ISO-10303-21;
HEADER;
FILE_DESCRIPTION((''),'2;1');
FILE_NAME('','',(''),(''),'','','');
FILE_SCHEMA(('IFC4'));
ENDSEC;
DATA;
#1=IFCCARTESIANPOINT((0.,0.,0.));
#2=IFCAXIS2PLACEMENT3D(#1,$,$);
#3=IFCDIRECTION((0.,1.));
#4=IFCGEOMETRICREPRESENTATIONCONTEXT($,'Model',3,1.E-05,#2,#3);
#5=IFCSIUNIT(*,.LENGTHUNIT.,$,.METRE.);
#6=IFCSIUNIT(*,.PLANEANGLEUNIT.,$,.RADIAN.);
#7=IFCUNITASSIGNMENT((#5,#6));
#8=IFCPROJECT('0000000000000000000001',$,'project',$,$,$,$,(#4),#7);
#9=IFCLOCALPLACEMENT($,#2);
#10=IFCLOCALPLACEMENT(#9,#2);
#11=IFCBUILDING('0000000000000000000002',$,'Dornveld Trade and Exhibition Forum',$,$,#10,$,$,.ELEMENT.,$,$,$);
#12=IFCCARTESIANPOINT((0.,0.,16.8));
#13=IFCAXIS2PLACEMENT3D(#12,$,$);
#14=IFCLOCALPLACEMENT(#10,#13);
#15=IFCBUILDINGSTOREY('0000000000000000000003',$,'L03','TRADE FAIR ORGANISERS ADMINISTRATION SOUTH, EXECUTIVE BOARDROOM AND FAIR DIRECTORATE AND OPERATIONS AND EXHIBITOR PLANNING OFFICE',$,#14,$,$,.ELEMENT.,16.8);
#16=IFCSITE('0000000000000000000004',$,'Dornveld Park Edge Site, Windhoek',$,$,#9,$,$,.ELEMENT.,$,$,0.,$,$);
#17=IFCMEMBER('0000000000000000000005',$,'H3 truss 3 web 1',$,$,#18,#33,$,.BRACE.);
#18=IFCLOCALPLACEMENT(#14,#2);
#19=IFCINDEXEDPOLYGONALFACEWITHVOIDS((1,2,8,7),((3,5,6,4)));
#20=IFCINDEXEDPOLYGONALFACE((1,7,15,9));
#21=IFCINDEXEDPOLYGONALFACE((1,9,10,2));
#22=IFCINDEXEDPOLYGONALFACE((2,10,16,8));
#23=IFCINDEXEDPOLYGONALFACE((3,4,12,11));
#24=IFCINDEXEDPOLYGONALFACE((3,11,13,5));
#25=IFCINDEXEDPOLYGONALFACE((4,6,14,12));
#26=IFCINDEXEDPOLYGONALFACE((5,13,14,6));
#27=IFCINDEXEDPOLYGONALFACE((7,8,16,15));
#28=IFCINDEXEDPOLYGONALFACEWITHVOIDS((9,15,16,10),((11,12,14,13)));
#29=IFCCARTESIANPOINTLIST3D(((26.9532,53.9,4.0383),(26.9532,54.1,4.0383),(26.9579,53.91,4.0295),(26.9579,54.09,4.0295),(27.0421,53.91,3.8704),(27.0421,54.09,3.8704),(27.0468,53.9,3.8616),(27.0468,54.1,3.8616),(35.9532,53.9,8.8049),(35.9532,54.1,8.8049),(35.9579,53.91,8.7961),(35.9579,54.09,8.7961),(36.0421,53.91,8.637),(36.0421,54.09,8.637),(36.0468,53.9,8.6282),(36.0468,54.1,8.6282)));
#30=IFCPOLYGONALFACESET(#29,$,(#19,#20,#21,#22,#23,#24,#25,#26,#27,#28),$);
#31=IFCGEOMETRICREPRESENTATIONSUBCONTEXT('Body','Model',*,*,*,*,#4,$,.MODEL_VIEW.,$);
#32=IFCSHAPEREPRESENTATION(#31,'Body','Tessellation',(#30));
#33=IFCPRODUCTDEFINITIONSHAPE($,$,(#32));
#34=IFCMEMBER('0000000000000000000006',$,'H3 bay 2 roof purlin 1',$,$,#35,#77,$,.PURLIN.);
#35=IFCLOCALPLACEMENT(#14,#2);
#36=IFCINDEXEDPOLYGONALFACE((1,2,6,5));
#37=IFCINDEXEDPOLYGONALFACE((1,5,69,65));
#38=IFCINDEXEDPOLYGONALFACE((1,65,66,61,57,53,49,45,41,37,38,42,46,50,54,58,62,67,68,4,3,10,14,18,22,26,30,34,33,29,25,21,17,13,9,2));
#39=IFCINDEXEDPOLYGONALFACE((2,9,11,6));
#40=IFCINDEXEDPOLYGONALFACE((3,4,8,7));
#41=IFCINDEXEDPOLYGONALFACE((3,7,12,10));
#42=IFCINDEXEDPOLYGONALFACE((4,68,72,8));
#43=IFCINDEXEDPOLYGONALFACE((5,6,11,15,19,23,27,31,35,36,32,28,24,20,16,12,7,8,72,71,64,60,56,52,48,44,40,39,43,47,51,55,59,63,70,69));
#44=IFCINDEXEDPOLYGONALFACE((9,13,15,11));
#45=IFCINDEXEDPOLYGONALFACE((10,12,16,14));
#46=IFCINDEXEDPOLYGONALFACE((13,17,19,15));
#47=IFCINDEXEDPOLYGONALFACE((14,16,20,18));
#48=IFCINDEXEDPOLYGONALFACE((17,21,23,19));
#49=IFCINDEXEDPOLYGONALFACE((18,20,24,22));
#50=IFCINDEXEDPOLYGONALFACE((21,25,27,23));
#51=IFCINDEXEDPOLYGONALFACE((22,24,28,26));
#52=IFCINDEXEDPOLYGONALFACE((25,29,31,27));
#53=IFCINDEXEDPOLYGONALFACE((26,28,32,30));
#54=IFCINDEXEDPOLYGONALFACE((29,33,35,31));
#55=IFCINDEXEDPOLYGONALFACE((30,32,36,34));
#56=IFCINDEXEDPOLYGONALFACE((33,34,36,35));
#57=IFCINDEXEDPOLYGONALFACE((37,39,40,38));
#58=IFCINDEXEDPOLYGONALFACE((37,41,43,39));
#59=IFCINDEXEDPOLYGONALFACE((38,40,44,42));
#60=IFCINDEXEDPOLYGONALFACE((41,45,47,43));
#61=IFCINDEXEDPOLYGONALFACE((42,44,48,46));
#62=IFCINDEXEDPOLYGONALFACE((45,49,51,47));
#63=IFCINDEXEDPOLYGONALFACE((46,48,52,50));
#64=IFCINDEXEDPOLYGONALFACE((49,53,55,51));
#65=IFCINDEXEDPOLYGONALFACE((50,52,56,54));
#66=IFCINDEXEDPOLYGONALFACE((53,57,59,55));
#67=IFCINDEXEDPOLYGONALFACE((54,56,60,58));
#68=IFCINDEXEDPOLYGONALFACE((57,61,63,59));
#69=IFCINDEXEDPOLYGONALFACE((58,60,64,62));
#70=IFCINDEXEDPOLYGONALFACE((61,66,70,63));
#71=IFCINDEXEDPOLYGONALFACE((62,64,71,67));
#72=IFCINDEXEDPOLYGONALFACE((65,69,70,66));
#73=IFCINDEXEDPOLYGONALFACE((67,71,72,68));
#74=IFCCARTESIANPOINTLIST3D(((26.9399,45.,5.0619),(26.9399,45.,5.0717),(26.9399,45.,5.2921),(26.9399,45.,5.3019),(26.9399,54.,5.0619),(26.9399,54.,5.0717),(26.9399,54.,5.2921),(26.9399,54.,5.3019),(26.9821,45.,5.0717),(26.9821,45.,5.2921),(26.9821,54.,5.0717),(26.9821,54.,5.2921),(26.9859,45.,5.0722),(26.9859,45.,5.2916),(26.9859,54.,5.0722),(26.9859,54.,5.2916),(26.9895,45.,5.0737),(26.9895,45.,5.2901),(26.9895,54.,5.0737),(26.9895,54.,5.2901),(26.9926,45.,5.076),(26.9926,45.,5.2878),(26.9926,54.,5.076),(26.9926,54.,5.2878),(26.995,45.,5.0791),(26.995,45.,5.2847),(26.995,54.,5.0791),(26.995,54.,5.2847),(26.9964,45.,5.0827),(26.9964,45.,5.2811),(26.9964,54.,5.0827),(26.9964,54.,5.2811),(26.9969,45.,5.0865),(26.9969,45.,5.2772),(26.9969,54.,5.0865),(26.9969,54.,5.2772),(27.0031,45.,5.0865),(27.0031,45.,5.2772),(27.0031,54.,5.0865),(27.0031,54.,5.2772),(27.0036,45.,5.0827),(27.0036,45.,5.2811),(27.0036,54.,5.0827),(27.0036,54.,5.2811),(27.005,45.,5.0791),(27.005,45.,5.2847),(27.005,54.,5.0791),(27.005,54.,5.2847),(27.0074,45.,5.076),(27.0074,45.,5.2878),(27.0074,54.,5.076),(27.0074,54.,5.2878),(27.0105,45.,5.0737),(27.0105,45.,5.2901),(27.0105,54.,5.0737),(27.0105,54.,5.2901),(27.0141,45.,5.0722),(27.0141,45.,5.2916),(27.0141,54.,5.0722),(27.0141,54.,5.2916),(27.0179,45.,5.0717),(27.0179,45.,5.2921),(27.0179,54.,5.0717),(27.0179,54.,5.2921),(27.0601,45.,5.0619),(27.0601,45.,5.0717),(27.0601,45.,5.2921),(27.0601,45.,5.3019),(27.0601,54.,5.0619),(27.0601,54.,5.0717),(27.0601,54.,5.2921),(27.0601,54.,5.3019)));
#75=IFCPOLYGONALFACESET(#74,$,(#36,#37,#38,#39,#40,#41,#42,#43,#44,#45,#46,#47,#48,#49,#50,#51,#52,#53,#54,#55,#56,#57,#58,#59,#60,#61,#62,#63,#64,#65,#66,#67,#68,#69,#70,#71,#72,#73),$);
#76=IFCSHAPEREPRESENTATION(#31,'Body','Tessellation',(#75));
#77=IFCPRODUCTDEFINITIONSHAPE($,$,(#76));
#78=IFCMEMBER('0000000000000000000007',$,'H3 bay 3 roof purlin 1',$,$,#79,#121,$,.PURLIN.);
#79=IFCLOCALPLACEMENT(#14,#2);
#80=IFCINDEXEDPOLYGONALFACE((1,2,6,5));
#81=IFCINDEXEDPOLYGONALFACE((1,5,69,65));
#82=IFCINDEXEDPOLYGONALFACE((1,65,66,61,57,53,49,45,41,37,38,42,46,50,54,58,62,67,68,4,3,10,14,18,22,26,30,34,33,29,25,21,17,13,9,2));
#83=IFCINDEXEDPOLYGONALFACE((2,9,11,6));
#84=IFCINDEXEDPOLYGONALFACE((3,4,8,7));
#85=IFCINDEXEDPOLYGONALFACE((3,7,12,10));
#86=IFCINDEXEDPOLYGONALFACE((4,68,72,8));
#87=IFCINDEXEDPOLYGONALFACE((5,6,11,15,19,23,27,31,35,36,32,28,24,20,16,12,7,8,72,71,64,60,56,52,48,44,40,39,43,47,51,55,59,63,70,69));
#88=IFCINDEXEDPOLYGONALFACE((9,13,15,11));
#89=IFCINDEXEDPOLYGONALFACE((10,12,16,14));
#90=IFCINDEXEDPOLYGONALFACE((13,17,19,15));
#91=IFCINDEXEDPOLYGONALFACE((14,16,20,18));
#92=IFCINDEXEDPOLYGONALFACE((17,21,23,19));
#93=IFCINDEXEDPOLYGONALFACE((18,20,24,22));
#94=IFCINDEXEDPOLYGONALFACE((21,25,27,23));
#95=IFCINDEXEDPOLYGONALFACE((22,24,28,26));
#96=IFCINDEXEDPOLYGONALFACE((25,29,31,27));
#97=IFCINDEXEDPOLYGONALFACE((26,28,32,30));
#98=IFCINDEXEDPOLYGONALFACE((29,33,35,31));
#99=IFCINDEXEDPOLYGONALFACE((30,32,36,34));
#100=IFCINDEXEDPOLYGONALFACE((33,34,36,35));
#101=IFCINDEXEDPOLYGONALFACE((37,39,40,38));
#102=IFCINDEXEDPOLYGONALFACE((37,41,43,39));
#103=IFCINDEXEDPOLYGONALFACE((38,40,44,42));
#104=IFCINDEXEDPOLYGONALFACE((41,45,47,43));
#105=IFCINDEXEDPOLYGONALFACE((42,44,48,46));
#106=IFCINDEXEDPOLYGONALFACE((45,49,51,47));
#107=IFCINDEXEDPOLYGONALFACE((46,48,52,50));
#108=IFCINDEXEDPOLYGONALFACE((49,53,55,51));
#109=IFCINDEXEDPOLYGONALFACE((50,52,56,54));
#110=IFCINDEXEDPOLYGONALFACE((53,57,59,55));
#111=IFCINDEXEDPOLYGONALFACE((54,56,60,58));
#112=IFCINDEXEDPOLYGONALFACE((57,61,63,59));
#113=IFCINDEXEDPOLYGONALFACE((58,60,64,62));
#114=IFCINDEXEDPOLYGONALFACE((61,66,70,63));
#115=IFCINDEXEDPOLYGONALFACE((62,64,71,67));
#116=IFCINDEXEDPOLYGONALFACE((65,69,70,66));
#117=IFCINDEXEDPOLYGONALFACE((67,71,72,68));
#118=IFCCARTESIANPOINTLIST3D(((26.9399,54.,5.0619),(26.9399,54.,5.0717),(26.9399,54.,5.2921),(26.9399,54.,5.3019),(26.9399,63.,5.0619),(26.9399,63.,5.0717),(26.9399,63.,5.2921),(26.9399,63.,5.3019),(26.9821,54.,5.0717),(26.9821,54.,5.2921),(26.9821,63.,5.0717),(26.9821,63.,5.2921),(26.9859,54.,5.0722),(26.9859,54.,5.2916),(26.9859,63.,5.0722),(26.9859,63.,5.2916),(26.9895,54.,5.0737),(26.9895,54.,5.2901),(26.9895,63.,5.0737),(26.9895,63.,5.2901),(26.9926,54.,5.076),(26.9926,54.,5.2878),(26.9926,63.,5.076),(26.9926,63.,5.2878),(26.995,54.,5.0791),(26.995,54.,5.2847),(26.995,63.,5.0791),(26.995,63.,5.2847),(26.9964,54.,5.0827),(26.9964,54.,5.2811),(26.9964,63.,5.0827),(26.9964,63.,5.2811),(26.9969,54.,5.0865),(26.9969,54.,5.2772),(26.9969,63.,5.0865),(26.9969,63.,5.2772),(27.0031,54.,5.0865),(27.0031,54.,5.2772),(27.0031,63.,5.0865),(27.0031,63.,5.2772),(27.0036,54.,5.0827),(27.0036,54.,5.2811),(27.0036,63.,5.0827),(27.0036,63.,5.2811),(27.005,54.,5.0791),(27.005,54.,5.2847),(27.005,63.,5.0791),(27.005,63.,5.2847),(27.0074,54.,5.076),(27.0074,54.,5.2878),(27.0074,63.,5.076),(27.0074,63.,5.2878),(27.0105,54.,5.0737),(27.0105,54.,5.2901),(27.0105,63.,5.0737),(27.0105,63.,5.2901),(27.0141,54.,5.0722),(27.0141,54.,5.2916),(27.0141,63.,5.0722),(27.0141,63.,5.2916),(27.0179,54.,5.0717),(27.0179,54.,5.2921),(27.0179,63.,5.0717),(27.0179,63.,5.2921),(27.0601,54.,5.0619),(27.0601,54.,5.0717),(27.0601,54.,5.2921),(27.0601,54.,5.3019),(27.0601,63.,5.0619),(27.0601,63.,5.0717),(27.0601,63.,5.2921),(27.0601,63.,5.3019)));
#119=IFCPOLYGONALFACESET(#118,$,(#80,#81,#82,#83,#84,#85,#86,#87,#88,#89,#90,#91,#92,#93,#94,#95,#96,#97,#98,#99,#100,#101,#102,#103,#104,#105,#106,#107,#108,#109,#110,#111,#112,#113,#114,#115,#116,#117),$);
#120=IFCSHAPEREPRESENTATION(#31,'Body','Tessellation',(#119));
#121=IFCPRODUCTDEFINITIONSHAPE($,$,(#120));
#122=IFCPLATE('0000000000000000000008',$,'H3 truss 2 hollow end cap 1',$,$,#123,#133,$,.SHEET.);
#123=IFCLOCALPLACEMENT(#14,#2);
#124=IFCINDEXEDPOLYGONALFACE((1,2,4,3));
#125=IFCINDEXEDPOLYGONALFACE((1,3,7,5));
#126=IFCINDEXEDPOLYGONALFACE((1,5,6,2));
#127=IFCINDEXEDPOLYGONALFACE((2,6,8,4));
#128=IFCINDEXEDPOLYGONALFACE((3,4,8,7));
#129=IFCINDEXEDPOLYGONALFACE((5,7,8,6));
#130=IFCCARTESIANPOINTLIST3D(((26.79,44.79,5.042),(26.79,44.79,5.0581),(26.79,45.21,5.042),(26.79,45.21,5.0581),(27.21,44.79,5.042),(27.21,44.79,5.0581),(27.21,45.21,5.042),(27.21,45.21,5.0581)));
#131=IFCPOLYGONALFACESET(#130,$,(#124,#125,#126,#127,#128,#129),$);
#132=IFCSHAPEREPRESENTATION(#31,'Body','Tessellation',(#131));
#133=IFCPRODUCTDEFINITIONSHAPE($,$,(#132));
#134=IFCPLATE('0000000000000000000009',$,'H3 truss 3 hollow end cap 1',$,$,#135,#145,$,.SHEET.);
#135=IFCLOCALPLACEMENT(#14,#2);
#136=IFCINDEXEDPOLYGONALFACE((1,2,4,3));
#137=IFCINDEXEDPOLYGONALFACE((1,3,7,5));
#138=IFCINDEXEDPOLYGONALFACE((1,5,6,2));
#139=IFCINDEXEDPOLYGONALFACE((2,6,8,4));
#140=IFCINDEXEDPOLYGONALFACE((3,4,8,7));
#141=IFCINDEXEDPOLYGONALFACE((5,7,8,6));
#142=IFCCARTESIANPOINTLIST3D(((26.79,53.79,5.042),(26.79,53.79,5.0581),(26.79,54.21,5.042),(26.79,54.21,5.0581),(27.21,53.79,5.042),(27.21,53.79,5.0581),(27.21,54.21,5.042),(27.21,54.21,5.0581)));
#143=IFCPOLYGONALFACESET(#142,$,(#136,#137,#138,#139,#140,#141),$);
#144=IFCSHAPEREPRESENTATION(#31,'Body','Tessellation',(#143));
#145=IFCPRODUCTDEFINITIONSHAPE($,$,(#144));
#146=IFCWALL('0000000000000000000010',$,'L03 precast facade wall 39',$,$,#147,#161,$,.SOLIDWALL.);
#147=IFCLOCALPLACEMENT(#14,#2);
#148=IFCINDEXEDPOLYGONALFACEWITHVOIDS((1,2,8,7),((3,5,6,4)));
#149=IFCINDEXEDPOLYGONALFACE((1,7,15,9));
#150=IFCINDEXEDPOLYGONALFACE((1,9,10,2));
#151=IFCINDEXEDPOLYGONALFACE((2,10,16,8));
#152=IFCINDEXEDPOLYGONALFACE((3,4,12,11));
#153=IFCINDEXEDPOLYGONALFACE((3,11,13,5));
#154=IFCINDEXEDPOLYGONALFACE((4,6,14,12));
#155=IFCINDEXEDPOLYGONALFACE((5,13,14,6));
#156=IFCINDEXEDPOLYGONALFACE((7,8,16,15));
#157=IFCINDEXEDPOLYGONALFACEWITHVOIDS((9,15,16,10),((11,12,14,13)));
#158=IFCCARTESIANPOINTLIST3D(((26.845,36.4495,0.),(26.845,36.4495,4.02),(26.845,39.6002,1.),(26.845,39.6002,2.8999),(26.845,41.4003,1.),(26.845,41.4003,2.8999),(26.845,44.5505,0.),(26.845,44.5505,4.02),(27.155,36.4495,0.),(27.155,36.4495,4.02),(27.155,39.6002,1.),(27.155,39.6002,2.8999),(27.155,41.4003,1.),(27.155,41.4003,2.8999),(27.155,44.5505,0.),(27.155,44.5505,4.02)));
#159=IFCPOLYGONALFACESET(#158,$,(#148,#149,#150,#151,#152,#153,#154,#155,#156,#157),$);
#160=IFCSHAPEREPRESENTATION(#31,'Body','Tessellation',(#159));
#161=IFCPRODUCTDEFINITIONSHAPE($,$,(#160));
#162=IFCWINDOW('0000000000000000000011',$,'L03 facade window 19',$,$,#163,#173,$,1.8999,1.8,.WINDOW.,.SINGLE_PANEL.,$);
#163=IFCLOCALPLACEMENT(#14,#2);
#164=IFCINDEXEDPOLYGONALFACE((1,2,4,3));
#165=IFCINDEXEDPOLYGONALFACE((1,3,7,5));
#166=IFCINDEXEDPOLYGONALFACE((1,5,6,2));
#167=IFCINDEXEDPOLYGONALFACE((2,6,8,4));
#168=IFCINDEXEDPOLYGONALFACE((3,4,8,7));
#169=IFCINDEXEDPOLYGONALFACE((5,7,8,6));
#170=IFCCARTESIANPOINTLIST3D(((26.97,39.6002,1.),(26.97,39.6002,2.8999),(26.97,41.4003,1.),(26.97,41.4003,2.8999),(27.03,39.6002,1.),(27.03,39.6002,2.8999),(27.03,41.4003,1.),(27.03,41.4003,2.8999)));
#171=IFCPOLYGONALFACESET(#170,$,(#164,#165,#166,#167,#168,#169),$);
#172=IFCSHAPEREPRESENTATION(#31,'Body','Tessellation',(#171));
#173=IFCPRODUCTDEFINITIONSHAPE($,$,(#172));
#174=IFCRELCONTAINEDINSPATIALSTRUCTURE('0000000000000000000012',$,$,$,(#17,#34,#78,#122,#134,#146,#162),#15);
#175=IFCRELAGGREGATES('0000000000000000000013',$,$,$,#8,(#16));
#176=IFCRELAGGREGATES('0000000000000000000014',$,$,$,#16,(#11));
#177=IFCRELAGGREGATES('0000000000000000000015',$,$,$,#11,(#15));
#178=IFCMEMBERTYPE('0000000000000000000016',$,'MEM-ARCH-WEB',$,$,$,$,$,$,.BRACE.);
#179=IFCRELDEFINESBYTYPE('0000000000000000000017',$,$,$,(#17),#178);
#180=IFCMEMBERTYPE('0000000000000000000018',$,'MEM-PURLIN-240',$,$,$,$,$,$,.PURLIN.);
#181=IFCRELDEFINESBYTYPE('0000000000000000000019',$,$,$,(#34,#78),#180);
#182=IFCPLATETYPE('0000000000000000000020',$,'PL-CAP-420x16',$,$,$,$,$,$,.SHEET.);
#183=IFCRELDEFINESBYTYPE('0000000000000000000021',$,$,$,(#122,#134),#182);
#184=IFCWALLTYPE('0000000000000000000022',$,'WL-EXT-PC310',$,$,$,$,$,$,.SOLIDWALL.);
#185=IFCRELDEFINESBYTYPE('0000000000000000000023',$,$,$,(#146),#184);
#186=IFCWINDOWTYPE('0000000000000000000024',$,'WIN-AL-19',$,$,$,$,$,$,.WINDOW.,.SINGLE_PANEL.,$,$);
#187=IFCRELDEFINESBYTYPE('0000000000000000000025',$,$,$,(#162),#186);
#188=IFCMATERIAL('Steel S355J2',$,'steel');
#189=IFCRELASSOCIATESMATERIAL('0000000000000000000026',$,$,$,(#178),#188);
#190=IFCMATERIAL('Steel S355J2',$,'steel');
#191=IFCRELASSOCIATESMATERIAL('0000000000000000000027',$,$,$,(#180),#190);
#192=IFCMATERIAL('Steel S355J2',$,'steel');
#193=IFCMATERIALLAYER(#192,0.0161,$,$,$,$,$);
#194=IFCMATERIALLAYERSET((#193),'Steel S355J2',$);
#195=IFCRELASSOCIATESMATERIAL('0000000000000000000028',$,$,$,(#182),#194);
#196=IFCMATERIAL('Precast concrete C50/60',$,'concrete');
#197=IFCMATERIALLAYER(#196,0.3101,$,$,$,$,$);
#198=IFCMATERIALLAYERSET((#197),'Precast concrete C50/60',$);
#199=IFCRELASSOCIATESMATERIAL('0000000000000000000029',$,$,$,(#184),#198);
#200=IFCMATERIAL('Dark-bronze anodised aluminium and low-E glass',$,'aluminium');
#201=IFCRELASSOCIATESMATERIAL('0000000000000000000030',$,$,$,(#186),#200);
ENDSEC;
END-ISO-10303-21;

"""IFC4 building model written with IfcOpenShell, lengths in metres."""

from ifc_helpers import new_model, si_unit, direction, frame, frame_2d, origin, origin_2d, place, context, subcontext, project, spatial, rectangle, hollow_rectangle, i_section, extrude, material, layer, layer_set, material_profile, profile_set, type_object, element, fill, save


model = new_model("IFC4")

# Units and contexts
model_context = context("Model", 3, precision=1e-05, world=origin(), true_north=direction((0.0, 1.0)))
body_context = subcontext(model_context, "Body", "Model", "MODEL_VIEW")
ifc_project = project(units=[si_unit("LENGTHUNIT", "METRE"), si_unit("PLANEANGLEUNIT", "RADIAN")], contexts=[model_context])

# Site, building, storey
site_placement = place(None, origin())
site = spatial("IfcSite", under=ifc_project, at=site_placement, Name="Dornveld Park Edge Site, Windhoek", CompositionType="ELEMENT", RefElevation=0.0)
building_placement = place(site_placement, origin())
building = spatial("IfcBuilding", under=site, at=building_placement, Name="Dornveld Trade and Exhibition Forum", CompositionType="ELEMENT")
storey_placement = place(building_placement, frame((0.0, 0.0, 16.8)))
storey = spatial("IfcBuildingStorey", under=building, at=storey_placement, Name="L03", Description="TRADE FAIR ORGANISERS ADMINISTRATION SOUTH, EXECUTIVE BOARDROOM AND FAIR DIRECTORATE AND OPERATIONS AND EXHIBITOR PLANNING OFFICE", CompositionType="ELEMENT", Elevation=16.8)

# Members
ifc_material_1 = material(Name="Steel S355J2", Category="steel")
ifc_material_profile_1 = material_profile(ifc_material_1, hollow_rectangle(XDim=0.2, YDim=0.2, WallThickness=0.01, at=origin_2d()), Name="SHS 200x200x10")
ifc_profile_set_1 = profile_set([ifc_material_profile_1], Name="Steel S355J2")
member_type_1 = type_object("IfcMemberType", Name="MEM-ARCH-WEB", PredefinedType="BRACE", material=ifc_profile_set_1)
for number, where, z_axis, x_axis, name in (
    (1, (27.0, 54.0, 3.95), (0.883711, 0.0, 0.468033), (0.0, 1.0, 0.0), "H3 truss 3 web 1"),
):
    element("IfcMember", number, at=place(storey_placement, frame(where, z_axis=z_axis, x_axis=x_axis)), inside=storey, type_object=member_type_1, Name=name, PredefinedType="BRACE", context=body_context, shape_type="SweptSolid", body=[
        extrude(hollow_rectangle(XDim=0.2, YDim=0.2, WallThickness=0.01, at=origin_2d()), origin(), (0.0, 0.0, 1.0), 10.1843),
    ])
ifc_material_2 = material(Name="Steel S355J2", Category="steel")
ifc_material_profile_2 = material_profile(ifc_material_2, i_section(OverallWidth=0.1201, OverallDepth=0.24, WebThickness=0.0061, FlangeThickness=0.0098, FilletRadius=0.0149, at=origin_2d()), Name="IPE 240")
ifc_profile_set_2 = profile_set([ifc_material_profile_2], Name="Steel S355J2")
member_type_2 = type_object("IfcMemberType", Name="MEM-PURLIN-240", PredefinedType="PURLIN", material=ifc_profile_set_2)
for number, where, z_axis, x_axis, name in (
    (2, (27.0, 45.0, 5.1819), (0.0, 1.0, 0.0), (-1.0, 0.0, 0.0), "H3 bay 2 roof purlin 1"),
    (3, (27.0, 54.0, 5.1819), (0.0, 1.0, 0.0), (-1.0, 0.0, 0.0), "H3 bay 3 roof purlin 1"),
):
    element("IfcMember", number, at=place(storey_placement, frame(where, z_axis=z_axis, x_axis=x_axis)), inside=storey, type_object=member_type_2, Name=name, PredefinedType="PURLIN", context=body_context, shape_type="SweptSolid", body=[
        extrude(i_section(OverallWidth=0.1201, OverallDepth=0.24, WebThickness=0.0061, FlangeThickness=0.0098, FilletRadius=0.0149, at=origin_2d()), origin(), (0.0, 0.0, 1.0), 9.0),
    ])

# Plates
ifc_material_3 = material(Name="Steel S355J2", Category="steel")
ifc_layer_1 = layer(ifc_material_3, 0.0161)
ifc_layer_set_1 = layer_set([ifc_layer_1], Name="Steel S355J2")
plate_type = type_object("IfcPlateType", Name="PL-CAP-420x16", PredefinedType="SHEET", material=ifc_layer_set_1)
for number, where, z_axis, x_axis, name in (
    (4, (27.0, 45.0, 5.042), (0.0, 0.0, 1.0), (1.0, 0.0, 0.0), "H3 truss 2 hollow end cap 1"),
    (5, (27.0, 54.0, 5.042), (0.0, 0.0, 1.0), (1.0, 0.0, 0.0), "H3 truss 3 hollow end cap 1"),
):
    element("IfcPlate", number, at=place(storey_placement, frame(where, z_axis=z_axis, x_axis=x_axis)), inside=storey, type_object=plate_type, Name=name, PredefinedType="SHEET", context=body_context, shape_type="SweptSolid", body=[
        extrude(rectangle(XDim=0.4199, YDim=0.4199, at=origin_2d()), origin(), (0.0, 0.0, 1.0), 0.0161),
    ])

# Wall, opening, window
ifc_material_4 = material(Name="Precast concrete C50/60", Category="concrete")
ifc_layer_2 = layer(ifc_material_4, 0.3101)
ifc_layer_set_2 = layer_set([ifc_layer_2], Name="Precast concrete C50/60")
wall_type = type_object("IfcWallType", Name="WL-EXT-PC310", PredefinedType="SOLIDWALL", material=ifc_layer_set_2)
wall_1_placement = place(storey_placement, frame((27.0, 44.5505, 0.0), z_axis=(0.0, 0.0, 1.0), x_axis=(0.0, -1.0, 0.0)))
wall_1 = element("IfcWall", 6, at=wall_1_placement, inside=storey, type_object=wall_type, Name="L03 precast facade wall 39", PredefinedType="SOLIDWALL", context=body_context, shape_type="SweptSolid", body=[
    extrude(rectangle(XDim=8.1011, YDim=0.3101, at=frame_2d((4.0505, 0.0))), origin(), (0.0, 0.0, 1.0), 4.02),
])
opening_1_placement = place(wall_1_placement, frame((3.1504, 0.0, 1.0)))
opening_1 = element("IfcOpeningElement", 7, at=opening_1_placement, cuts=wall_1, PredefinedType="OPENING", context=body_context, shape_type="SweptSolid", body=[
    extrude(rectangle(XDim=1.8, YDim=1.8999, at=frame_2d((0.8999, 0.95))), frame((0.0, 0.165, 0.0), z_axis=(0.0, -1.0, 0.0), x_axis=(1.0, 0.0, 0.0)), (0.0, 0.0, 1.0), 0.3301),
])
ifc_material_5 = material(Name="Dark-bronze anodised aluminium and low-E glass", Category="aluminium")
window_type_1 = type_object("IfcWindowType", Name="WIN-AL-19", PartitioningType="SINGLE_PANEL", PredefinedType="WINDOW", material=ifc_material_5)
window_1_placement = place(opening_1_placement, origin())
window_1 = element("IfcWindow", 8, at=window_1_placement, inside=storey, type_object=window_type_1, Name="L03 facade window 19", OverallHeight=1.8999, OverallWidth=1.8, PartitioningType="SINGLE_PANEL", PredefinedType="WINDOW", context=body_context, shape_type="SweptSolid", body=[
    extrude(rectangle(XDim=1.8, YDim=1.8999, at=frame_2d((0.8999, 0.95))), frame((0.0, 0.03, 0.0), z_axis=(0.0, -1.0, 0.0), x_axis=(1.0, 0.0, 0.0)), (0.0, 0.0, 1.0), 0.0601),
])
fill(opening_1, window_1)

save(model, "model.ifc")
